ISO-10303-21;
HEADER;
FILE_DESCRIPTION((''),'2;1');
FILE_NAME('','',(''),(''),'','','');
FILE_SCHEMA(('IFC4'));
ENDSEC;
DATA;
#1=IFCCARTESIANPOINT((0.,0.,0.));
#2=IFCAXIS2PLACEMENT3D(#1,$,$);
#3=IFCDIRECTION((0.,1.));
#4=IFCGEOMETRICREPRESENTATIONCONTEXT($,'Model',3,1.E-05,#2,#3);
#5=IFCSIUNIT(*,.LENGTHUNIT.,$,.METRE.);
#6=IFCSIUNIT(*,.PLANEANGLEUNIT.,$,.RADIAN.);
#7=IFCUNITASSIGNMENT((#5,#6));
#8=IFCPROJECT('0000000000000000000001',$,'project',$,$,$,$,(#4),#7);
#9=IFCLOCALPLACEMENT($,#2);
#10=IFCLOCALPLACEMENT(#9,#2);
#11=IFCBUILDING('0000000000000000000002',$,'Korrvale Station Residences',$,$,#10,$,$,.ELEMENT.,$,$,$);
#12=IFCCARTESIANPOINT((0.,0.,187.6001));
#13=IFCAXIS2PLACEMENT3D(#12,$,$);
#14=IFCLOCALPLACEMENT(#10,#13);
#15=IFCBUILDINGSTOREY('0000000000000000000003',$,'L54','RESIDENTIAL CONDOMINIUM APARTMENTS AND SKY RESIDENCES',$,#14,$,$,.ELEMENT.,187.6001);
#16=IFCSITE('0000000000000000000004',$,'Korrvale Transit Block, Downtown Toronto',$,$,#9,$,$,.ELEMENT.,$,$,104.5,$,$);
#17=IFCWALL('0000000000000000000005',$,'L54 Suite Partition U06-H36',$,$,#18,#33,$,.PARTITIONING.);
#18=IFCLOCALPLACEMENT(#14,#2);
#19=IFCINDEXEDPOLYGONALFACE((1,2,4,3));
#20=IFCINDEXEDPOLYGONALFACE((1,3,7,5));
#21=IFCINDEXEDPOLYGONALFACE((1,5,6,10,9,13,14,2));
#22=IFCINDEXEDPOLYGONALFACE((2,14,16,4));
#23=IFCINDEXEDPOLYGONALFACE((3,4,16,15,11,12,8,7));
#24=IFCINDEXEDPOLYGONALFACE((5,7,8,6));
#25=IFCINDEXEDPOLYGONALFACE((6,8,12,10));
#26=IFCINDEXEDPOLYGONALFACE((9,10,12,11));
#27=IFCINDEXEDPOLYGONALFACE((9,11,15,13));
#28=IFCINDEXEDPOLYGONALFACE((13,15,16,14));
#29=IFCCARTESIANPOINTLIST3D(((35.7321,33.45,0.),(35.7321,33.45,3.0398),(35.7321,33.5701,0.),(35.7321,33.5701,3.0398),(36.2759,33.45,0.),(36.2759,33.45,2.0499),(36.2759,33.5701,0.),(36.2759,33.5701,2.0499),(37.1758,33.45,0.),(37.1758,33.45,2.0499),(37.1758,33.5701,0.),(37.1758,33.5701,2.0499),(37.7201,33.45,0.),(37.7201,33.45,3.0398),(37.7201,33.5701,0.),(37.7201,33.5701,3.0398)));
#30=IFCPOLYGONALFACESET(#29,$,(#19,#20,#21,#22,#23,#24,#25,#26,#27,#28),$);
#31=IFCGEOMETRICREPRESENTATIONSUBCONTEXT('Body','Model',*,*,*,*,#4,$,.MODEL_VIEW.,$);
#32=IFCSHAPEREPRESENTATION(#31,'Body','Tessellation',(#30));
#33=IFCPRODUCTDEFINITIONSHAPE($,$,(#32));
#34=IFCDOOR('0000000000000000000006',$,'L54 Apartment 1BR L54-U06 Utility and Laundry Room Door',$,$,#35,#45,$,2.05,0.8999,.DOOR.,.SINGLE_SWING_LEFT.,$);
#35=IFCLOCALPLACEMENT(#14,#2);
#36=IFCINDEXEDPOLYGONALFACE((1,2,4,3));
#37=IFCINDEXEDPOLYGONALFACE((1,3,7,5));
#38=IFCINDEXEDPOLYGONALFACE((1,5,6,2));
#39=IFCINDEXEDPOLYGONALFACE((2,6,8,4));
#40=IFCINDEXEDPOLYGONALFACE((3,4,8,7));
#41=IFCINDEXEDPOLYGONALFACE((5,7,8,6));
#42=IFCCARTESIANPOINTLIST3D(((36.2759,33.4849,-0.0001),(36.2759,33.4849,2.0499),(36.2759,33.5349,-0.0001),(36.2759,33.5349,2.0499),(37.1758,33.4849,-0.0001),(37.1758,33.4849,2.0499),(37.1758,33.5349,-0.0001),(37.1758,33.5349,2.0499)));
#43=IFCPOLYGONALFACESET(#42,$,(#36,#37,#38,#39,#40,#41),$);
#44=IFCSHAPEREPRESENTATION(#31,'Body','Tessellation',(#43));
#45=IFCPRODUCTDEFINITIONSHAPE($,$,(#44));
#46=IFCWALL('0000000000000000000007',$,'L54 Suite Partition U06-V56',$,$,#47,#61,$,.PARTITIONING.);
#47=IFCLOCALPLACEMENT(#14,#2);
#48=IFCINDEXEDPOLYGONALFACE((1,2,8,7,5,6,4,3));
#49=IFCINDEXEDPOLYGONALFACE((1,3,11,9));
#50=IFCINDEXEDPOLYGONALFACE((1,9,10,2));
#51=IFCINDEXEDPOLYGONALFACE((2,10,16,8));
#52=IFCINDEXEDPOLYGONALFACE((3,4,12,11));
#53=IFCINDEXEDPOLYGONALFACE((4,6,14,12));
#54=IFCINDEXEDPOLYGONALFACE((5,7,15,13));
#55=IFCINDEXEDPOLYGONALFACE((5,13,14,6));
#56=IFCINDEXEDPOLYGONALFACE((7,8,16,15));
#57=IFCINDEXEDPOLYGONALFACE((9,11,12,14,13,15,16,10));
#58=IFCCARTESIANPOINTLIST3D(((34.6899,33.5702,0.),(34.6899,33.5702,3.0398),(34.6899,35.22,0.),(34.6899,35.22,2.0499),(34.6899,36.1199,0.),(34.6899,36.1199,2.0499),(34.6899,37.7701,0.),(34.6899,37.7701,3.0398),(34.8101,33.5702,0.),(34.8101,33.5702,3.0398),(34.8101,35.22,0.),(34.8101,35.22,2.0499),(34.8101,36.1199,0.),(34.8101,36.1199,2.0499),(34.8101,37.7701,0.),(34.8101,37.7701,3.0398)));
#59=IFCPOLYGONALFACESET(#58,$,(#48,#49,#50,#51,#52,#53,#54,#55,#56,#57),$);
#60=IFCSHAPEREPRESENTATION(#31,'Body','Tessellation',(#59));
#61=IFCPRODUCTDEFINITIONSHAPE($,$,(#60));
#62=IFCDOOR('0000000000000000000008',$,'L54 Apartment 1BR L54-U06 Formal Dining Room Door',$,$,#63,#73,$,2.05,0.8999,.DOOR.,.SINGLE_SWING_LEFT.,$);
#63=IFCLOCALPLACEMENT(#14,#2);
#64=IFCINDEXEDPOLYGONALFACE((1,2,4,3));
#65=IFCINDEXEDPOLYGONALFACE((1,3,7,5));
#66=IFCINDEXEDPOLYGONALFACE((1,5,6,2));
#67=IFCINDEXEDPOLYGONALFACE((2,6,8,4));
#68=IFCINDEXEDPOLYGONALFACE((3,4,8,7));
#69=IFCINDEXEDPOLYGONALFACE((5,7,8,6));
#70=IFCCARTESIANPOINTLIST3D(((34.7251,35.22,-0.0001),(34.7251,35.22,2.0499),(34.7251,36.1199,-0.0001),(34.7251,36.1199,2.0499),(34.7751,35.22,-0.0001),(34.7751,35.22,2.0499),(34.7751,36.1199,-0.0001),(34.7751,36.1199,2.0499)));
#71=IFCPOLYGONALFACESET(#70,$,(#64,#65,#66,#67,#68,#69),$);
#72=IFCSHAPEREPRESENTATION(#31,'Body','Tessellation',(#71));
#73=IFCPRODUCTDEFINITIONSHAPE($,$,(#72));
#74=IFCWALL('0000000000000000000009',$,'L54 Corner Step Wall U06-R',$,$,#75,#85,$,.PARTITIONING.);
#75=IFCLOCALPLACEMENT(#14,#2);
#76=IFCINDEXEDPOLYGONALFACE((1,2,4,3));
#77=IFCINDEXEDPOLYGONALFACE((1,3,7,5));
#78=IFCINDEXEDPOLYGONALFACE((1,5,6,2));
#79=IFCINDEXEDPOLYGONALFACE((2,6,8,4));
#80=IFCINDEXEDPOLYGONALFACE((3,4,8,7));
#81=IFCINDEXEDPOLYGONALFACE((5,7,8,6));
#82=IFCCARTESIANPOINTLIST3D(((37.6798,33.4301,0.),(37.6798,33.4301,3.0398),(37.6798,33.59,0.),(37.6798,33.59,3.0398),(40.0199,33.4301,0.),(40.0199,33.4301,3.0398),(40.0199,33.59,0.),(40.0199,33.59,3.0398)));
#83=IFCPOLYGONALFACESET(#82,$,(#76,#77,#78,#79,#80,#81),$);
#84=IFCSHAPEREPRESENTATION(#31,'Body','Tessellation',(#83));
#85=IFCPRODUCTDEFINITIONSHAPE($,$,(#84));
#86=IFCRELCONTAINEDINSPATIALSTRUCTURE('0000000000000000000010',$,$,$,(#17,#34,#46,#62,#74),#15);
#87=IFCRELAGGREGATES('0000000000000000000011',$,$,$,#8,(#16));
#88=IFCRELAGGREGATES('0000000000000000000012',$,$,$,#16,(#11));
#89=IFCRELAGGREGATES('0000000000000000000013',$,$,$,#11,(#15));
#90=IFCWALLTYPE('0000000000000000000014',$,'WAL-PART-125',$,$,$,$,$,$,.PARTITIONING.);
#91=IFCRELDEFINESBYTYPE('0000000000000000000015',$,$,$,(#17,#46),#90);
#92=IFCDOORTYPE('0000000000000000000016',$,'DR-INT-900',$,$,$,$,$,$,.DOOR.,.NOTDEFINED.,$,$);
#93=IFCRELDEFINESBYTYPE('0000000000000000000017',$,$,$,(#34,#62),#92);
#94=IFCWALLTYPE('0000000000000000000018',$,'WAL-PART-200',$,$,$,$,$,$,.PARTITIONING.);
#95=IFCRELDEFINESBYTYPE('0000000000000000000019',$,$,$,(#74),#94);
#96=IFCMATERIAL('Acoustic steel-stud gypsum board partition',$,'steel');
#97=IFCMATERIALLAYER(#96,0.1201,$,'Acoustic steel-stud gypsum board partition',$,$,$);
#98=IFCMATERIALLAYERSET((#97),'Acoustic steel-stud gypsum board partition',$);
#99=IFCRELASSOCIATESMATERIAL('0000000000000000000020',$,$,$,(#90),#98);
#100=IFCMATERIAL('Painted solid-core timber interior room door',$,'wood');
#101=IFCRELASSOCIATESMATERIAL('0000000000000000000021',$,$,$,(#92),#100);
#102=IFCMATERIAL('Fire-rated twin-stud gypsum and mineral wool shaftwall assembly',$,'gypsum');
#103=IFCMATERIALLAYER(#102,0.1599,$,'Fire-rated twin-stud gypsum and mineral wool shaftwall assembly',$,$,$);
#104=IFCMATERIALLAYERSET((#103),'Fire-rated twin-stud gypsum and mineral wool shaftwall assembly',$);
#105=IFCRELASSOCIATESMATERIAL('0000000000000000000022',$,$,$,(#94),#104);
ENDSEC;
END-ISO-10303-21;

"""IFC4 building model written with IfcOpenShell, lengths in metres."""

from ifc_helpers import new_model, si_unit, direction, frame, frame_2d, origin, place, context, subcontext, project, spatial, rectangle, extrude, material, layer, layer_set, type_object, element, fill, save


model = new_model("IFC4")

# Units and contexts
model_context = context("Model", 3, precision=1e-05, world=origin(), true_north=direction((0.0, 1.0)))
body_context = subcontext(model_context, "Body", "Model", "MODEL_VIEW")
ifc_project = project(units=[si_unit("LENGTHUNIT", "METRE"), si_unit("PLANEANGLEUNIT", "RADIAN")], contexts=[model_context])

# Site, building, storey
site_placement = place(None, origin())
site = spatial("IfcSite", under=ifc_project, at=site_placement, Name="Korrvale Transit Block, Downtown Toronto", CompositionType="ELEMENT", RefElevation=104.5)
building_placement = place(site_placement, origin())
building = spatial("IfcBuilding", under=site, at=building_placement, Name="Korrvale Station Residences", CompositionType="ELEMENT")
storey_placement = place(building_placement, frame((0.0, 0.0, 187.6001)))
storey = spatial("IfcBuildingStorey", under=building, at=storey_placement, Name="L54", Description="RESIDENTIAL CONDOMINIUM APARTMENTS AND SKY RESIDENCES", CompositionType="ELEMENT", Elevation=187.6001)

# Shared definitions
ifc_material_1 = material(Name="Acoustic steel-stud gypsum board partition", Category="steel")
ifc_layer_1 = layer(ifc_material_1, 0.1201, Name="Acoustic steel-stud gypsum board partition")
ifc_layer_set_1 = layer_set([ifc_layer_1], Name="Acoustic steel-stud gypsum board partition")
wall_type_1 = type_object("IfcWallType", Name="WAL-PART-125", PredefinedType="PARTITIONING", material=ifc_layer_set_1)
ifc_material_2 = material(Name="Painted solid-core timber interior room door", Category="wood")
door_type = type_object("IfcDoorType", Name="DR-INT-900", OperationType="NOTDEFINED", PredefinedType="DOOR", material=ifc_material_2)

# Walls, openings, doors
wall_1_placement = place(storey_placement, frame((35.7319, 33.51, 0.0), z_axis=(0.0, 0.0, 1.0), x_axis=(1.0, 0.0, 0.0)))
wall_1 = element("IfcWall", 1, at=wall_1_placement, inside=storey, type_object=wall_type_1, Name="L54 Suite Partition U06-H36", PredefinedType="PARTITIONING", context=body_context, shape_type="SweptSolid", body=[
    extrude(rectangle(XDim=1.988, YDim=0.1201, at=frame_2d((0.9941, 0.0))), origin(), (0.0, 0.0, 1.0), 3.0398),
])
opening_1_placement = place(wall_1_placement, frame((0.5439, 0.0, 0.0)))
opening_1 = element("IfcOpeningElement", 2, at=opening_1_placement, cuts=wall_1, PredefinedType="OPENING", context=body_context, shape_type="SweptSolid", body=[
    extrude(rectangle(XDim=0.8999, YDim=2.05, at=frame_2d((0.45, 1.0249))), frame((0.0, 0.0701, 0.0), z_axis=(0.0, -1.0, 0.0), x_axis=(1.0, 0.0, 0.0)), (0.0, 0.0, 1.0), 0.1401),
])
door_1_placement = place(opening_1_placement, origin())
door_1 = element("IfcDoor", 3, at=door_1_placement, inside=storey, type_object=door_type, Name="L54 Apartment 1BR L54-U06 Utility and Laundry Room Door", OperationType="SINGLE_SWING_LEFT", OverallHeight=2.05, OverallWidth=0.8999, PredefinedType="DOOR", context=body_context, shape_type="SweptSolid", body=[
    extrude(rectangle(XDim=0.8999, YDim=2.05, at=frame_2d((0.45, 1.0249))), frame((0.0, 0.0249, 0.0), z_axis=(0.0, -1.0, 0.0), x_axis=(1.0, 0.0, 0.0)), (0.0, 0.0, 1.0), 0.05),
])
fill(opening_1, door_1)
wall_2_placement = place(storey_placement, frame((34.75, 33.5701, 0.0), z_axis=(0.0, 0.0, 1.0), x_axis=(0.0, 1.0, 0.0)))
wall_2 = element("IfcWall", 4, at=wall_2_placement, inside=storey, type_object=wall_type_1, Name="L54 Suite Partition U06-V56", PredefinedType="PARTITIONING", context=body_context, shape_type="SweptSolid", body=[
    extrude(rectangle(XDim=4.2, YDim=0.1201, at=frame_2d((2.1001, 0.0))), origin(), (0.0, 0.0, 1.0), 3.0398),
])
opening_2_placement = place(wall_2_placement, frame((1.6499, 0.0, 0.0)))
opening_2 = element("IfcOpeningElement", 5, at=opening_2_placement, cuts=wall_2, PredefinedType="OPENING", context=body_context, shape_type="SweptSolid", body=[
    extrude(rectangle(XDim=0.8999, YDim=2.05, at=frame_2d((0.45, 1.0249))), frame((0.0, 0.0701, 0.0), z_axis=(0.0, -1.0, 0.0), x_axis=(1.0, 0.0, 0.0)), (0.0, 0.0, 1.0), 0.1401),
])
door_2_placement = place(opening_2_placement, origin())
door_2 = element("IfcDoor", 6, at=door_2_placement, inside=storey, type_object=door_type, Name="L54 Apartment 1BR L54-U06 Formal Dining Room Door", OperationType="SINGLE_SWING_LEFT", OverallHeight=2.05, OverallWidth=0.8999, PredefinedType="DOOR", context=body_context, shape_type="SweptSolid", body=[
    extrude(rectangle(XDim=0.8999, YDim=2.05, at=frame_2d((0.45, 1.0249))), frame((0.0, 0.0249, 0.0), z_axis=(0.0, -1.0, 0.0), x_axis=(1.0, 0.0, 0.0)), (0.0, 0.0, 1.0), 0.05),
])
fill(opening_2, door_2)

# Wall
ifc_material_3 = material(Name="Fire-rated twin-stud gypsum and mineral wool shaftwall assembly", Category="gypsum")
ifc_layer_2 = layer(ifc_material_3, 0.1599, Name="Fire-rated twin-stud gypsum and mineral wool shaftwall assembly")
ifc_layer_set_2 = layer_set([ifc_layer_2], Name="Fire-rated twin-stud gypsum and mineral wool shaftwall assembly")
wall_type_2 = type_object("IfcWallType", Name="WAL-PART-200", PredefinedType="PARTITIONING", material=ifc_layer_set_2)
wall_3_placement = place(storey_placement, frame((37.6799, 33.51, 0.0), z_axis=(0.0, 0.0, 1.0), x_axis=(1.0, 0.0, 0.0)))
element("IfcWall", 7, at=wall_3_placement, inside=storey, type_object=wall_type_2, Name="L54 Corner Step Wall U06-R", PredefinedType="PARTITIONING", context=body_context, shape_type="SweptSolid", body=[
    extrude(rectangle(XDim=2.3401, YDim=0.1599, at=frame_2d((1.1699, 0.0))), origin(), (0.0, 0.0, 1.0), 3.0398),
])

save(model, "model.ifc")
